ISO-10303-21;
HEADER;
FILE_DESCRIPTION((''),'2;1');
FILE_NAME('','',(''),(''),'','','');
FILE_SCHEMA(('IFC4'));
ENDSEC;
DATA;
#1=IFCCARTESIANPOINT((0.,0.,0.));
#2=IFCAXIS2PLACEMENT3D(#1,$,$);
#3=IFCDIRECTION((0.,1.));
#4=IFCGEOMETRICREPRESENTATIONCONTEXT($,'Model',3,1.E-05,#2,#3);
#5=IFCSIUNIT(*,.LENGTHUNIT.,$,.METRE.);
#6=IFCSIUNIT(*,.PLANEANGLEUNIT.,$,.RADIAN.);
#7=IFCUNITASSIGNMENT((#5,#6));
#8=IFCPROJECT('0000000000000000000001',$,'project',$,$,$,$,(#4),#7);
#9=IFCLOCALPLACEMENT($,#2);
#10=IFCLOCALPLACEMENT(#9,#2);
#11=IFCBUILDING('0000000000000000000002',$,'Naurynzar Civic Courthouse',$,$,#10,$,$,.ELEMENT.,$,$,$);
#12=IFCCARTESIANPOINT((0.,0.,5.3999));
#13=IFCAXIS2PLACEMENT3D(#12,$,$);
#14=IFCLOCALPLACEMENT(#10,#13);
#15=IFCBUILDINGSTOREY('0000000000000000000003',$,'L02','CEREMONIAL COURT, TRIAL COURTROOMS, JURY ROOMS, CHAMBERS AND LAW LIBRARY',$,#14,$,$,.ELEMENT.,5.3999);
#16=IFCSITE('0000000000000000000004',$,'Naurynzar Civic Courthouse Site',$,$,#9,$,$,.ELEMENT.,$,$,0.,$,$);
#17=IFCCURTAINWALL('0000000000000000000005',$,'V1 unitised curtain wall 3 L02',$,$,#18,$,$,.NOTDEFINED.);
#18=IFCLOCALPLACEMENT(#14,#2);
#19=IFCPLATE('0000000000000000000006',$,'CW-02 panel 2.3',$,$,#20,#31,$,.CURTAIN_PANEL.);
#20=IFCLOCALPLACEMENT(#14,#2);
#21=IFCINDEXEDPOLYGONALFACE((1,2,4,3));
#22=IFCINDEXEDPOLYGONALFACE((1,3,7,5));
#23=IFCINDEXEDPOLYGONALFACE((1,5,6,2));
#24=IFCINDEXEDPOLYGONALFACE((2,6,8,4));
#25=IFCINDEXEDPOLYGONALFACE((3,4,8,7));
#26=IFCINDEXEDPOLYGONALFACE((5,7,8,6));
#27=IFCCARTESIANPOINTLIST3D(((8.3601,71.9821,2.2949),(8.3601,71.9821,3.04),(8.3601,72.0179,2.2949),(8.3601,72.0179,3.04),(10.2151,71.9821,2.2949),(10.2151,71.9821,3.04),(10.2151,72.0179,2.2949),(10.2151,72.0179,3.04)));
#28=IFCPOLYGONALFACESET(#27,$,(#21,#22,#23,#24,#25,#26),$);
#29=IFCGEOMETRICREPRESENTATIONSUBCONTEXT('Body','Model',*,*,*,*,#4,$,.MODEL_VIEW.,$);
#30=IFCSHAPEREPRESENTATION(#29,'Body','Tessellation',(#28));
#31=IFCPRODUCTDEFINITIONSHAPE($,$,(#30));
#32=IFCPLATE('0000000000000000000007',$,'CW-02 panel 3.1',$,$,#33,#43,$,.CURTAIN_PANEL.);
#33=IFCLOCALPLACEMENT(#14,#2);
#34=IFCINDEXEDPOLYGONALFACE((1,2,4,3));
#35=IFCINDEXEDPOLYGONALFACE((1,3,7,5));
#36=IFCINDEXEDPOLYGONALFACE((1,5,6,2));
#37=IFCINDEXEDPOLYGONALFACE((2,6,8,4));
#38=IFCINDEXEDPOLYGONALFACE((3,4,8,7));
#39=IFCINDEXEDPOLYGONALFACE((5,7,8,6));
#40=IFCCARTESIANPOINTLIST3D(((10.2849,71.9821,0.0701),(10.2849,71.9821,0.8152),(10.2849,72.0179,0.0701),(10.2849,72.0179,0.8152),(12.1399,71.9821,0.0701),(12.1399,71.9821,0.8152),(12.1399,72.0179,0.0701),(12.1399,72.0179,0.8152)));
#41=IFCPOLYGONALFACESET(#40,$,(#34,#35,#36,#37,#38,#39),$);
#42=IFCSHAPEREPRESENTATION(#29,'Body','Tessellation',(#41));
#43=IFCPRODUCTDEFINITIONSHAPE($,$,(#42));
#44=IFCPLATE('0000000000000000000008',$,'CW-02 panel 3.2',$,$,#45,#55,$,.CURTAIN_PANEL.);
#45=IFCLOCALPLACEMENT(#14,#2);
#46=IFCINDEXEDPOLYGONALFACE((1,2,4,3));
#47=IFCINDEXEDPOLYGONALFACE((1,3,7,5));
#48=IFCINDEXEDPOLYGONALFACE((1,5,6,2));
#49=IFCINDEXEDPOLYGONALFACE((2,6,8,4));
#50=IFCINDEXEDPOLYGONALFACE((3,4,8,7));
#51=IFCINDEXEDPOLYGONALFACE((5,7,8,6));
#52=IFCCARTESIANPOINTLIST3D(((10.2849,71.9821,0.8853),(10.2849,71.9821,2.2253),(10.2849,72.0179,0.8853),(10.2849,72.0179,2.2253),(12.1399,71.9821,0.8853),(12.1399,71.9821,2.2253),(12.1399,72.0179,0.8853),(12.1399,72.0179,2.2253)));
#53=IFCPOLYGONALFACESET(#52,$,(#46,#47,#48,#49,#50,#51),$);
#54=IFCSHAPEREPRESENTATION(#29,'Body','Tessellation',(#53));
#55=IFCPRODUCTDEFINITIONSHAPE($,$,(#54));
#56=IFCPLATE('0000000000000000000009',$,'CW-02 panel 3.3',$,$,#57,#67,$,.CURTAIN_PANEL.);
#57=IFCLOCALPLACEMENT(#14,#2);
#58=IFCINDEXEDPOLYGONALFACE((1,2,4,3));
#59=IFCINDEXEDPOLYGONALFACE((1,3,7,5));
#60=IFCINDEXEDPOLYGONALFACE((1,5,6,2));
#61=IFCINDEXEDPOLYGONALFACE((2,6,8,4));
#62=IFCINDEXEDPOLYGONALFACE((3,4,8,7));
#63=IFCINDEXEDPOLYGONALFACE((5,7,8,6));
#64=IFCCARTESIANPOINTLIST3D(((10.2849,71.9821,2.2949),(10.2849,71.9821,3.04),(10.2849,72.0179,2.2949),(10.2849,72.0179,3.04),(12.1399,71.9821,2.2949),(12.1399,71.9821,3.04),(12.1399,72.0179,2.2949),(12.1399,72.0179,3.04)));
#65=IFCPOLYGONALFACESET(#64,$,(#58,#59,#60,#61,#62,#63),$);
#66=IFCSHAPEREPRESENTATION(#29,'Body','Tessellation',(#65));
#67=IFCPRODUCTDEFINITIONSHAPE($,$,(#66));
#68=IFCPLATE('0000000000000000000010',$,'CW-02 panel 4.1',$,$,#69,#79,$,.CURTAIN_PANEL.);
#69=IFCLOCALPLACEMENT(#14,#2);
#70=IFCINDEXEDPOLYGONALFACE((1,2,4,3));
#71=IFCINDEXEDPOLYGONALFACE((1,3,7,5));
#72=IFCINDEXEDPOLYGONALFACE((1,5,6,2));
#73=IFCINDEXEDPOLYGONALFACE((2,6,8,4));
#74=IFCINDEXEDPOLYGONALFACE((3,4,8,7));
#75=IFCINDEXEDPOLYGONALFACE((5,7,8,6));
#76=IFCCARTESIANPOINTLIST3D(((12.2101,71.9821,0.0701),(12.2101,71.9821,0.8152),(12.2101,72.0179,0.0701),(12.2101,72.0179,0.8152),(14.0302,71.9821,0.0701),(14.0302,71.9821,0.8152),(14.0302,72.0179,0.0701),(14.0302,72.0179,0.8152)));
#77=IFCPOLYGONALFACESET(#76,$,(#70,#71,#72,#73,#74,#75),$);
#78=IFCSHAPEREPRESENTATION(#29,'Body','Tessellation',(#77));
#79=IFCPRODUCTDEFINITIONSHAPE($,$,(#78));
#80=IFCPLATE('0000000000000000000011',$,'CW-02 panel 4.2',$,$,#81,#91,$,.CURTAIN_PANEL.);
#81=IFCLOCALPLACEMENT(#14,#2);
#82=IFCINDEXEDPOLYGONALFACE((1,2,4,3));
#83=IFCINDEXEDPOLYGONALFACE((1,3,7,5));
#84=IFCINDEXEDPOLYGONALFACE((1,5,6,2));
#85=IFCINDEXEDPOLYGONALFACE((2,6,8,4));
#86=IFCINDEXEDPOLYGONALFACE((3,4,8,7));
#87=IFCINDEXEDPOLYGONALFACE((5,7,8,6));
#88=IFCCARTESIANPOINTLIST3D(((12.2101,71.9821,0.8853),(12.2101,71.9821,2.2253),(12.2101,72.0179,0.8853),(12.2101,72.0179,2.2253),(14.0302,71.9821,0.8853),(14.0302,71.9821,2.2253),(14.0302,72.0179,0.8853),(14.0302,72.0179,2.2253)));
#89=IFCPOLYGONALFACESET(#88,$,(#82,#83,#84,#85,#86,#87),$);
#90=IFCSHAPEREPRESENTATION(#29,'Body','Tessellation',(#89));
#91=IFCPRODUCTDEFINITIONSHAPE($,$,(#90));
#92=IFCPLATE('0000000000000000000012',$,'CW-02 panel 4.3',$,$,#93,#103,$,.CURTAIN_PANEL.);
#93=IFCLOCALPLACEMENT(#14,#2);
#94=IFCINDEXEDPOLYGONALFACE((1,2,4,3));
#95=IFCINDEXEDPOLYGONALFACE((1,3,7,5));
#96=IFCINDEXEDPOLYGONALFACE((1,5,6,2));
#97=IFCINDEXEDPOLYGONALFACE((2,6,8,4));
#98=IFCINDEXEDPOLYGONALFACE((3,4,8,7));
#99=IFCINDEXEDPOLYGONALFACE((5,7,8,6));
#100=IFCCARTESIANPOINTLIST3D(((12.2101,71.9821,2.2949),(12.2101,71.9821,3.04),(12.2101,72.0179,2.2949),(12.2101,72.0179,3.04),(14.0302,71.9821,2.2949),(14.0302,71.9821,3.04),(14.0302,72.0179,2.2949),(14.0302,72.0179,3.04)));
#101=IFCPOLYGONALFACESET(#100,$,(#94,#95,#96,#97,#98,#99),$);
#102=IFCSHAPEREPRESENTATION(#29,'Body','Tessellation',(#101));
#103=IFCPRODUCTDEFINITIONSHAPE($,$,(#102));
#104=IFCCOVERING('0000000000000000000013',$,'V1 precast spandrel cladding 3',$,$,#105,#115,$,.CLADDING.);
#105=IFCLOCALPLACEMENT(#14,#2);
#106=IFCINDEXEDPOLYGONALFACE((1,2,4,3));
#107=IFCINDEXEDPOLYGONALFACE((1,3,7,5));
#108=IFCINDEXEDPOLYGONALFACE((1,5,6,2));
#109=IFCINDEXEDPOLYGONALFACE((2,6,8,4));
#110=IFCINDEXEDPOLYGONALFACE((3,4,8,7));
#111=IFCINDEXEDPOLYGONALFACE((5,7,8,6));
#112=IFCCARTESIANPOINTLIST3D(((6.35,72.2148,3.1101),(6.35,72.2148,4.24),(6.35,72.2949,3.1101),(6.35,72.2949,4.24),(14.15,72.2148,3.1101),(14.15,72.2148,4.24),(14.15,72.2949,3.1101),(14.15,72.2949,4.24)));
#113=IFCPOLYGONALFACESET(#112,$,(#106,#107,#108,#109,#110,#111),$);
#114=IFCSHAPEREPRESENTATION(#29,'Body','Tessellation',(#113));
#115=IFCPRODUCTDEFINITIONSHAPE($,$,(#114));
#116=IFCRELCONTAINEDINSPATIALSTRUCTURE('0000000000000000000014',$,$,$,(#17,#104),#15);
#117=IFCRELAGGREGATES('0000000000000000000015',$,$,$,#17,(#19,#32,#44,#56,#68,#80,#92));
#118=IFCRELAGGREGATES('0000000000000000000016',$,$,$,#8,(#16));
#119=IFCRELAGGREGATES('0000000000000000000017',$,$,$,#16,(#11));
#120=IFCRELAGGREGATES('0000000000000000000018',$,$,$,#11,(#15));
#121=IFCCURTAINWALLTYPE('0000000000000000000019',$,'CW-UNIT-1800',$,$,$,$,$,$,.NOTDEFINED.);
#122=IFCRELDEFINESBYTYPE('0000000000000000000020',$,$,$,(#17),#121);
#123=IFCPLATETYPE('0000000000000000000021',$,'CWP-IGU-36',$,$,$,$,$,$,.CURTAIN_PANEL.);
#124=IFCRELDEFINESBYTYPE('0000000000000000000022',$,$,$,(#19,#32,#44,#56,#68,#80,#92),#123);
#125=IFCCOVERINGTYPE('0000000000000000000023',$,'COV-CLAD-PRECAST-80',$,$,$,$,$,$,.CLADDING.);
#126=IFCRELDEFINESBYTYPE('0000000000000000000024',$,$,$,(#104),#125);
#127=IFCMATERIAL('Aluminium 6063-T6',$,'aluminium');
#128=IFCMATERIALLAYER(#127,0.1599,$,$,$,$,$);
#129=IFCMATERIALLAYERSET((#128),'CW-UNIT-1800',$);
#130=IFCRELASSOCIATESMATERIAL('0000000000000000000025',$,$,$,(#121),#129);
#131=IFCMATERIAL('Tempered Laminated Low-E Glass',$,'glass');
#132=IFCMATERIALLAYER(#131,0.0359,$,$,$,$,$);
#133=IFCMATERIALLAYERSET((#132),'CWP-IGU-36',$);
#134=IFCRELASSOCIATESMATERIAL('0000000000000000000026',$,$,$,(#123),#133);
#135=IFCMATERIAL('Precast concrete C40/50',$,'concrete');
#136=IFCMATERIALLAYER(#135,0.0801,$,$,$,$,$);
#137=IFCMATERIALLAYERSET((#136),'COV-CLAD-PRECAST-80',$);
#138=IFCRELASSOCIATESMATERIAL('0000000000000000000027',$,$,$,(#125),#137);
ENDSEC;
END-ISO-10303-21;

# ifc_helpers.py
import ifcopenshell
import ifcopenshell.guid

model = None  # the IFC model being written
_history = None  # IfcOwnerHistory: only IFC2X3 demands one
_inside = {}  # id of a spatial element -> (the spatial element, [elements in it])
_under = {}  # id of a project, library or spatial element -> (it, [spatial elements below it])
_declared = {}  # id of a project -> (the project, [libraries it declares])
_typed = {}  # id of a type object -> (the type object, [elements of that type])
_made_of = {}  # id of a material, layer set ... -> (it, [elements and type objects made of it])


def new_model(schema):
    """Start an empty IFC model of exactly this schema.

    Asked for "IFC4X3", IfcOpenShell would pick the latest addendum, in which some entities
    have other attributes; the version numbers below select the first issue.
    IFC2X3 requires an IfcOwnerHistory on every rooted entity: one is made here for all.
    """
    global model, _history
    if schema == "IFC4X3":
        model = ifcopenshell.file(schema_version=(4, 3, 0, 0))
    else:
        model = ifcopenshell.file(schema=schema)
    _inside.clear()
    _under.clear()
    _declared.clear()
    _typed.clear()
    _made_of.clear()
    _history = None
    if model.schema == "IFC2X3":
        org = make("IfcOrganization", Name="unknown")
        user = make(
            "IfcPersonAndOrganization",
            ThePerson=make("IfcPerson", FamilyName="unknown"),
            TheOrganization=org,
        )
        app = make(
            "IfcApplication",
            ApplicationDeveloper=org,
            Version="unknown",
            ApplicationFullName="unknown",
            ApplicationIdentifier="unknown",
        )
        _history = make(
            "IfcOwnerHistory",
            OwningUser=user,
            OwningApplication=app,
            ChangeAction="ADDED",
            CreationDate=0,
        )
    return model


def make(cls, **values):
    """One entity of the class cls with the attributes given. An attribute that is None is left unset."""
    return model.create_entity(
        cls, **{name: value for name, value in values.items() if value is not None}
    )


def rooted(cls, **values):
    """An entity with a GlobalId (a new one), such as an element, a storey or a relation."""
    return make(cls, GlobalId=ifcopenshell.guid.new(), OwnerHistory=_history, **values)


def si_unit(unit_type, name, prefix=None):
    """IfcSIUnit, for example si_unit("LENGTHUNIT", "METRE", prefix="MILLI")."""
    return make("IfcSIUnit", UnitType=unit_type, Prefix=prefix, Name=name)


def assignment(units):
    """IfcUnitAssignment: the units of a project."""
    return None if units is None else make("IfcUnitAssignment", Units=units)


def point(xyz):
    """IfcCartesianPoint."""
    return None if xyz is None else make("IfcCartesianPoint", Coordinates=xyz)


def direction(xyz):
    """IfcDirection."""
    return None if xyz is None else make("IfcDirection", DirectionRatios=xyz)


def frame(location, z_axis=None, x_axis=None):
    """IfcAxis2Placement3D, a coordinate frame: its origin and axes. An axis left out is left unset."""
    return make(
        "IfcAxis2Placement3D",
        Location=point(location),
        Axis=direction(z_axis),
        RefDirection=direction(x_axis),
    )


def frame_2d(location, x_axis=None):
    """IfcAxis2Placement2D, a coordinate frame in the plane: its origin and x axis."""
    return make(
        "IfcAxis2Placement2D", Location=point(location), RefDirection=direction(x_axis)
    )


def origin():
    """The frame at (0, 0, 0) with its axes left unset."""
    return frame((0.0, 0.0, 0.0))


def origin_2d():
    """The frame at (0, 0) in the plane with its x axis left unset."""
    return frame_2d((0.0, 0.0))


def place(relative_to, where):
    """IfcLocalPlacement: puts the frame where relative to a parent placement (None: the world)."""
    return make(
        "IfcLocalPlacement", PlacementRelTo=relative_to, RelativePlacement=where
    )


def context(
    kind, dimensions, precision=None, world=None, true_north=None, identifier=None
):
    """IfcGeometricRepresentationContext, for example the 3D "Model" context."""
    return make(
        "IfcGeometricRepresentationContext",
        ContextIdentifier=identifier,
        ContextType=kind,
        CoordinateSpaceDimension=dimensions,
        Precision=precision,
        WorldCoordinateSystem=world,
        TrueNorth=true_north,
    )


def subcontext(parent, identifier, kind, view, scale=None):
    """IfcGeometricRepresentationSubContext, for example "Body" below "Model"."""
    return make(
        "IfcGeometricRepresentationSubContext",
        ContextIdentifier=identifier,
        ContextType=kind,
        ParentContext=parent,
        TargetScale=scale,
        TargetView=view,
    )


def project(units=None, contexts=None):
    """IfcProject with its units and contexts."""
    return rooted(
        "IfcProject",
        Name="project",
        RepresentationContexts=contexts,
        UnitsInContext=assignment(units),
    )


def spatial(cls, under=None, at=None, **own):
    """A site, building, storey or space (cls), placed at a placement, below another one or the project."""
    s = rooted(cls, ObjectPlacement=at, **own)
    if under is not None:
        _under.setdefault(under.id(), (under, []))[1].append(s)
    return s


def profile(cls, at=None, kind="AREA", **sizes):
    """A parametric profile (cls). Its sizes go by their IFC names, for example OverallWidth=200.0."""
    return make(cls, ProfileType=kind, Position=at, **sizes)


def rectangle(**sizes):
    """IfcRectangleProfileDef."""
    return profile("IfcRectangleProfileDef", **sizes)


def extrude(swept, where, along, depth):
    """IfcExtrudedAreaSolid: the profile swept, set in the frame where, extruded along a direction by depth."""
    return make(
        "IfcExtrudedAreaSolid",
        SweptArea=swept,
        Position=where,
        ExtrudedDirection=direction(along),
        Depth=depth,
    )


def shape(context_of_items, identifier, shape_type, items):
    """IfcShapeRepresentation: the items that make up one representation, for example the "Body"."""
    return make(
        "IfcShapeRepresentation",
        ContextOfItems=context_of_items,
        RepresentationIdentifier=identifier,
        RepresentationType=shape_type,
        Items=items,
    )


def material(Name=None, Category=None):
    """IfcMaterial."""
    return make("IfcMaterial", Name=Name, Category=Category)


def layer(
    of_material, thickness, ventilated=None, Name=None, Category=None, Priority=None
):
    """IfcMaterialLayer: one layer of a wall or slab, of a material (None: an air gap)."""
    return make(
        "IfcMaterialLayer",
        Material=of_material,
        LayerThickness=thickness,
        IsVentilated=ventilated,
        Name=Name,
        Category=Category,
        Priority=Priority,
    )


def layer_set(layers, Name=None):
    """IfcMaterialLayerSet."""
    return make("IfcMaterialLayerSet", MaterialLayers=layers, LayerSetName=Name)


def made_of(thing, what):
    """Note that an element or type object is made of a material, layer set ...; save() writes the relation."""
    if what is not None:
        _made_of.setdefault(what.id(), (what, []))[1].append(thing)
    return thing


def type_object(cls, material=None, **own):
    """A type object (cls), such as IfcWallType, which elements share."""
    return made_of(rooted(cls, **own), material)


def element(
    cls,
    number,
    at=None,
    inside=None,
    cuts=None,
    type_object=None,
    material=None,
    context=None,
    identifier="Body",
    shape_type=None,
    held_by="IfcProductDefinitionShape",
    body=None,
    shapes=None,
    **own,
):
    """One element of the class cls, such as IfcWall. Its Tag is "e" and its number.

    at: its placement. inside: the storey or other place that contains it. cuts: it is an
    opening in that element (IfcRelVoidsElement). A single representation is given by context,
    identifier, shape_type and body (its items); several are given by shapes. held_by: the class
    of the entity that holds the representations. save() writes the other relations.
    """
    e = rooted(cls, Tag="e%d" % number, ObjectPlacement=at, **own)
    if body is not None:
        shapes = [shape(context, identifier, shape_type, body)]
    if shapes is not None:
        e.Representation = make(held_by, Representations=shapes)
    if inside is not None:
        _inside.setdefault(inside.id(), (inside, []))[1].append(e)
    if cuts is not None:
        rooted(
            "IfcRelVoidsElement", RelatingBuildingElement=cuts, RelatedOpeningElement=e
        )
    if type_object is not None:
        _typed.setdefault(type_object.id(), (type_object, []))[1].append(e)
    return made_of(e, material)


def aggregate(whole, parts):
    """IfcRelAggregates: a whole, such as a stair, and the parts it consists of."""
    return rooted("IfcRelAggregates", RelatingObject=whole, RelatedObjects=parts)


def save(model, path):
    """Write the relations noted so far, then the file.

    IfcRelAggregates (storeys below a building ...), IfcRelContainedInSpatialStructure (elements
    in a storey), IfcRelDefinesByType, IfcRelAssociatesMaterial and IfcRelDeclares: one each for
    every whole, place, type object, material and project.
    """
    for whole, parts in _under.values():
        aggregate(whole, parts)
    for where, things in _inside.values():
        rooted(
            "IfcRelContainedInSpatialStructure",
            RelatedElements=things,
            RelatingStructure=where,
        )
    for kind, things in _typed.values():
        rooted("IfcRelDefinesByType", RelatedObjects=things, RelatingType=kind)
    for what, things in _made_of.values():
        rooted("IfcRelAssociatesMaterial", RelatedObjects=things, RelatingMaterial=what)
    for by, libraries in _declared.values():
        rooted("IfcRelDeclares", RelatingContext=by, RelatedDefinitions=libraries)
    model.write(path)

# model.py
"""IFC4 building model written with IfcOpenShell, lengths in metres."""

from ifc_helpers import new_model, si_unit, direction, frame, origin, origin_2d, place, context, subcontext, project, spatial, rectangle, extrude, material, layer, layer_set, type_object, element, aggregate, save


model = new_model("IFC4")

# Units and contexts
model_context = context("Model", 3, precision=1e-05, world=origin(), true_north=direction((0.0, 1.0)))
body_context = subcontext(model_context, "Body", "Model", "MODEL_VIEW")
ifc_project = project(units=[si_unit("LENGTHUNIT", "METRE"), si_unit("PLANEANGLEUNIT", "RADIAN")], contexts=[model_context])

# Site, building, storey
site_placement = place(None, origin())
site = spatial("IfcSite", under=ifc_project, at=site_placement, Name="Naurynzar Civic Courthouse Site", CompositionType="ELEMENT", RefElevation=0.0)
building_placement = place(site_placement, origin())
building = spatial("IfcBuilding", under=site, at=building_placement, Name="Naurynzar Civic Courthouse", CompositionType="ELEMENT")
storey_placement = place(building_placement, frame((0.0, 0.0, 5.3999)))
storey = spatial("IfcBuildingStorey", under=building, at=storey_placement, Name="L02", Description="CEREMONIAL COURT, TRIAL COURTROOMS, JURY ROOMS, CHAMBERS AND LAW LIBRARY", CompositionType="ELEMENT", Elevation=5.3999)

# Shared definitions
ifc_material_1 = material(Name="Aluminium 6063-T6", Category="aluminium")
ifc_layer_1 = layer(ifc_material_1, 0.1599)
ifc_layer_set_1 = layer_set([ifc_layer_1], Name="CW-UNIT-1800")
curtain_wall_type = type_object("IfcCurtainWallType", Name="CW-UNIT-1800", PredefinedType="NOTDEFINED", material=ifc_layer_set_1)

# Curtain wall, plates
curtain_wall_1_placement = place(storey_placement, origin())
curtain_wall_1 = element("IfcCurtainWall", 1, at=curtain_wall_1_placement, inside=storey, type_object=curtain_wall_type, Name="V1 unitised curtain wall 3 L02", PredefinedType="NOTDEFINED")
ifc_material_2 = material(Name="Tempered Laminated Low-E Glass", Category="glass")
ifc_layer_2 = layer(ifc_material_2, 0.0359)
ifc_layer_set_2 = layer_set([ifc_layer_2], Name="CWP-IGU-36")
plate_type = type_object("IfcPlateType", Name="CWP-IGU-36", PredefinedType="CURTAIN_PANEL", material=ifc_layer_set_2)
plate_1_placement = place(storey_placement, frame((9.2876, 72.0, 2.2949), z_axis=(0.0, 0.0, 1.0), x_axis=(1.0, 0.0, 0.0)))
plate_1 = element("IfcPlate", 2, at=plate_1_placement, type_object=plate_type, Name="CW-02 panel 2.3", PredefinedType="CURTAIN_PANEL", context=body_context, shape_type="SweptSolid", body=[
    extrude(rectangle(XDim=1.855, YDim=0.0359, at=origin_2d()), origin(), (0.0, 0.0, 1.0), 0.7451),
])
plate_2_placement = place(storey_placement, frame((11.2124, 72.0, 0.0701), z_axis=(0.0, 0.0, 1.0), x_axis=(1.0, 0.0, 0.0)))
plate_2 = element("IfcPlate", 3, at=plate_2_placement, type_object=plate_type, Name="CW-02 panel 3.1", PredefinedType="CURTAIN_PANEL", context=body_context, shape_type="SweptSolid", body=[
    extrude(rectangle(XDim=1.855, YDim=0.0359, at=origin_2d()), origin(), (0.0, 0.0, 1.0), 0.7451),
])
plate_3_placement = place(storey_placement, frame((11.2124, 72.0, 0.8853), z_axis=(0.0, 0.0, 1.0), x_axis=(1.0, 0.0, 0.0)))
plate_3 = element("IfcPlate", 4, at=plate_3_placement, type_object=plate_type, Name="CW-02 panel 3.2", PredefinedType="CURTAIN_PANEL", context=body_context, shape_type="SweptSolid", body=[
    extrude(rectangle(XDim=1.855, YDim=0.0359, at=origin_2d()), origin(), (0.0, 0.0, 1.0), 1.3401),
])
plate_4_placement = place(storey_placement, frame((11.2124, 72.0, 2.2949), z_axis=(0.0, 0.0, 1.0), x_axis=(1.0, 0.0, 0.0)))
plate_4 = element("IfcPlate", 5, at=plate_4_placement, type_object=plate_type, Name="CW-02 panel 3.3", PredefinedType="CURTAIN_PANEL", context=body_context, shape_type="SweptSolid", body=[
    extrude(rectangle(XDim=1.855, YDim=0.0359, at=origin_2d()), origin(), (0.0, 0.0, 1.0), 0.7451),
])
plate_5_placement = place(storey_placement, frame((13.1201, 72.0, 0.0701), z_axis=(0.0, 0.0, 1.0), x_axis=(1.0, 0.0, 0.0)))
plate_5 = element("IfcPlate", 6, at=plate_5_placement, type_object=plate_type, Name="CW-02 panel 4.1", PredefinedType="CURTAIN_PANEL", context=body_context, shape_type="SweptSolid", body=[
    extrude(rectangle(XDim=1.8201, YDim=0.0359, at=origin_2d()), origin(), (0.0, 0.0, 1.0), 0.7451),
])
plate_6_placement = place(storey_placement, frame((13.1201, 72.0, 0.8853), z_axis=(0.0, 0.0, 1.0), x_axis=(1.0, 0.0, 0.0)))
plate_6 = element("IfcPlate", 7, at=plate_6_placement, type_object=plate_type, Name="CW-02 panel 4.2", PredefinedType="CURTAIN_PANEL", context=body_context, shape_type="SweptSolid", body=[
    extrude(rectangle(XDim=1.8201, YDim=0.0359, at=origin_2d()), origin(), (0.0, 0.0, 1.0), 1.3401),
])
plate_7_placement = place(storey_placement, frame((13.1201, 72.0, 2.2949), z_axis=(0.0, 0.0, 1.0), x_axis=(1.0, 0.0, 0.0)))
plate_7 = element("IfcPlate", 8, at=plate_7_placement, type_object=plate_type, Name="CW-02 panel 4.3", PredefinedType="CURTAIN_PANEL", context=body_context, shape_type="SweptSolid", body=[
    extrude(rectangle(XDim=1.8201, YDim=0.0359, at=origin_2d()), origin(), (0.0, 0.0, 1.0), 0.7451),
])
aggregate(curtain_wall_1, [plate_1, plate_2, plate_3, plate_4, plate_5, plate_6, plate_7])

# Covering
ifc_material_3 = material(Name="Precast concrete C40/50", Category="concrete")
ifc_layer_3 = layer(ifc_material_3, 0.0801)
ifc_layer_set_3 = layer_set([ifc_layer_3], Name="COV-CLAD-PRECAST-80")
covering_type = type_object("IfcCoveringType", Name="COV-CLAD-PRECAST-80", PredefinedType="CLADDING", material=ifc_layer_set_3)
covering_placement = place(storey_placement, frame((10.25, 72.2549, 3.1101), z_axis=(0.0, 0.0, 1.0), x_axis=(1.0, 0.0, 0.0)))
element("IfcCovering", 9, at=covering_placement, inside=storey, type_object=covering_type, Name="V1 precast spandrel cladding 3", PredefinedType="CLADDING", context=body_context, shape_type="SweptSolid", body=[
    extrude(rectangle(XDim=7.8, YDim=0.0801, at=origin_2d()), origin(), (0.0, 0.0, 1.0), 1.1299),
])

save(model, "model.ifc")
